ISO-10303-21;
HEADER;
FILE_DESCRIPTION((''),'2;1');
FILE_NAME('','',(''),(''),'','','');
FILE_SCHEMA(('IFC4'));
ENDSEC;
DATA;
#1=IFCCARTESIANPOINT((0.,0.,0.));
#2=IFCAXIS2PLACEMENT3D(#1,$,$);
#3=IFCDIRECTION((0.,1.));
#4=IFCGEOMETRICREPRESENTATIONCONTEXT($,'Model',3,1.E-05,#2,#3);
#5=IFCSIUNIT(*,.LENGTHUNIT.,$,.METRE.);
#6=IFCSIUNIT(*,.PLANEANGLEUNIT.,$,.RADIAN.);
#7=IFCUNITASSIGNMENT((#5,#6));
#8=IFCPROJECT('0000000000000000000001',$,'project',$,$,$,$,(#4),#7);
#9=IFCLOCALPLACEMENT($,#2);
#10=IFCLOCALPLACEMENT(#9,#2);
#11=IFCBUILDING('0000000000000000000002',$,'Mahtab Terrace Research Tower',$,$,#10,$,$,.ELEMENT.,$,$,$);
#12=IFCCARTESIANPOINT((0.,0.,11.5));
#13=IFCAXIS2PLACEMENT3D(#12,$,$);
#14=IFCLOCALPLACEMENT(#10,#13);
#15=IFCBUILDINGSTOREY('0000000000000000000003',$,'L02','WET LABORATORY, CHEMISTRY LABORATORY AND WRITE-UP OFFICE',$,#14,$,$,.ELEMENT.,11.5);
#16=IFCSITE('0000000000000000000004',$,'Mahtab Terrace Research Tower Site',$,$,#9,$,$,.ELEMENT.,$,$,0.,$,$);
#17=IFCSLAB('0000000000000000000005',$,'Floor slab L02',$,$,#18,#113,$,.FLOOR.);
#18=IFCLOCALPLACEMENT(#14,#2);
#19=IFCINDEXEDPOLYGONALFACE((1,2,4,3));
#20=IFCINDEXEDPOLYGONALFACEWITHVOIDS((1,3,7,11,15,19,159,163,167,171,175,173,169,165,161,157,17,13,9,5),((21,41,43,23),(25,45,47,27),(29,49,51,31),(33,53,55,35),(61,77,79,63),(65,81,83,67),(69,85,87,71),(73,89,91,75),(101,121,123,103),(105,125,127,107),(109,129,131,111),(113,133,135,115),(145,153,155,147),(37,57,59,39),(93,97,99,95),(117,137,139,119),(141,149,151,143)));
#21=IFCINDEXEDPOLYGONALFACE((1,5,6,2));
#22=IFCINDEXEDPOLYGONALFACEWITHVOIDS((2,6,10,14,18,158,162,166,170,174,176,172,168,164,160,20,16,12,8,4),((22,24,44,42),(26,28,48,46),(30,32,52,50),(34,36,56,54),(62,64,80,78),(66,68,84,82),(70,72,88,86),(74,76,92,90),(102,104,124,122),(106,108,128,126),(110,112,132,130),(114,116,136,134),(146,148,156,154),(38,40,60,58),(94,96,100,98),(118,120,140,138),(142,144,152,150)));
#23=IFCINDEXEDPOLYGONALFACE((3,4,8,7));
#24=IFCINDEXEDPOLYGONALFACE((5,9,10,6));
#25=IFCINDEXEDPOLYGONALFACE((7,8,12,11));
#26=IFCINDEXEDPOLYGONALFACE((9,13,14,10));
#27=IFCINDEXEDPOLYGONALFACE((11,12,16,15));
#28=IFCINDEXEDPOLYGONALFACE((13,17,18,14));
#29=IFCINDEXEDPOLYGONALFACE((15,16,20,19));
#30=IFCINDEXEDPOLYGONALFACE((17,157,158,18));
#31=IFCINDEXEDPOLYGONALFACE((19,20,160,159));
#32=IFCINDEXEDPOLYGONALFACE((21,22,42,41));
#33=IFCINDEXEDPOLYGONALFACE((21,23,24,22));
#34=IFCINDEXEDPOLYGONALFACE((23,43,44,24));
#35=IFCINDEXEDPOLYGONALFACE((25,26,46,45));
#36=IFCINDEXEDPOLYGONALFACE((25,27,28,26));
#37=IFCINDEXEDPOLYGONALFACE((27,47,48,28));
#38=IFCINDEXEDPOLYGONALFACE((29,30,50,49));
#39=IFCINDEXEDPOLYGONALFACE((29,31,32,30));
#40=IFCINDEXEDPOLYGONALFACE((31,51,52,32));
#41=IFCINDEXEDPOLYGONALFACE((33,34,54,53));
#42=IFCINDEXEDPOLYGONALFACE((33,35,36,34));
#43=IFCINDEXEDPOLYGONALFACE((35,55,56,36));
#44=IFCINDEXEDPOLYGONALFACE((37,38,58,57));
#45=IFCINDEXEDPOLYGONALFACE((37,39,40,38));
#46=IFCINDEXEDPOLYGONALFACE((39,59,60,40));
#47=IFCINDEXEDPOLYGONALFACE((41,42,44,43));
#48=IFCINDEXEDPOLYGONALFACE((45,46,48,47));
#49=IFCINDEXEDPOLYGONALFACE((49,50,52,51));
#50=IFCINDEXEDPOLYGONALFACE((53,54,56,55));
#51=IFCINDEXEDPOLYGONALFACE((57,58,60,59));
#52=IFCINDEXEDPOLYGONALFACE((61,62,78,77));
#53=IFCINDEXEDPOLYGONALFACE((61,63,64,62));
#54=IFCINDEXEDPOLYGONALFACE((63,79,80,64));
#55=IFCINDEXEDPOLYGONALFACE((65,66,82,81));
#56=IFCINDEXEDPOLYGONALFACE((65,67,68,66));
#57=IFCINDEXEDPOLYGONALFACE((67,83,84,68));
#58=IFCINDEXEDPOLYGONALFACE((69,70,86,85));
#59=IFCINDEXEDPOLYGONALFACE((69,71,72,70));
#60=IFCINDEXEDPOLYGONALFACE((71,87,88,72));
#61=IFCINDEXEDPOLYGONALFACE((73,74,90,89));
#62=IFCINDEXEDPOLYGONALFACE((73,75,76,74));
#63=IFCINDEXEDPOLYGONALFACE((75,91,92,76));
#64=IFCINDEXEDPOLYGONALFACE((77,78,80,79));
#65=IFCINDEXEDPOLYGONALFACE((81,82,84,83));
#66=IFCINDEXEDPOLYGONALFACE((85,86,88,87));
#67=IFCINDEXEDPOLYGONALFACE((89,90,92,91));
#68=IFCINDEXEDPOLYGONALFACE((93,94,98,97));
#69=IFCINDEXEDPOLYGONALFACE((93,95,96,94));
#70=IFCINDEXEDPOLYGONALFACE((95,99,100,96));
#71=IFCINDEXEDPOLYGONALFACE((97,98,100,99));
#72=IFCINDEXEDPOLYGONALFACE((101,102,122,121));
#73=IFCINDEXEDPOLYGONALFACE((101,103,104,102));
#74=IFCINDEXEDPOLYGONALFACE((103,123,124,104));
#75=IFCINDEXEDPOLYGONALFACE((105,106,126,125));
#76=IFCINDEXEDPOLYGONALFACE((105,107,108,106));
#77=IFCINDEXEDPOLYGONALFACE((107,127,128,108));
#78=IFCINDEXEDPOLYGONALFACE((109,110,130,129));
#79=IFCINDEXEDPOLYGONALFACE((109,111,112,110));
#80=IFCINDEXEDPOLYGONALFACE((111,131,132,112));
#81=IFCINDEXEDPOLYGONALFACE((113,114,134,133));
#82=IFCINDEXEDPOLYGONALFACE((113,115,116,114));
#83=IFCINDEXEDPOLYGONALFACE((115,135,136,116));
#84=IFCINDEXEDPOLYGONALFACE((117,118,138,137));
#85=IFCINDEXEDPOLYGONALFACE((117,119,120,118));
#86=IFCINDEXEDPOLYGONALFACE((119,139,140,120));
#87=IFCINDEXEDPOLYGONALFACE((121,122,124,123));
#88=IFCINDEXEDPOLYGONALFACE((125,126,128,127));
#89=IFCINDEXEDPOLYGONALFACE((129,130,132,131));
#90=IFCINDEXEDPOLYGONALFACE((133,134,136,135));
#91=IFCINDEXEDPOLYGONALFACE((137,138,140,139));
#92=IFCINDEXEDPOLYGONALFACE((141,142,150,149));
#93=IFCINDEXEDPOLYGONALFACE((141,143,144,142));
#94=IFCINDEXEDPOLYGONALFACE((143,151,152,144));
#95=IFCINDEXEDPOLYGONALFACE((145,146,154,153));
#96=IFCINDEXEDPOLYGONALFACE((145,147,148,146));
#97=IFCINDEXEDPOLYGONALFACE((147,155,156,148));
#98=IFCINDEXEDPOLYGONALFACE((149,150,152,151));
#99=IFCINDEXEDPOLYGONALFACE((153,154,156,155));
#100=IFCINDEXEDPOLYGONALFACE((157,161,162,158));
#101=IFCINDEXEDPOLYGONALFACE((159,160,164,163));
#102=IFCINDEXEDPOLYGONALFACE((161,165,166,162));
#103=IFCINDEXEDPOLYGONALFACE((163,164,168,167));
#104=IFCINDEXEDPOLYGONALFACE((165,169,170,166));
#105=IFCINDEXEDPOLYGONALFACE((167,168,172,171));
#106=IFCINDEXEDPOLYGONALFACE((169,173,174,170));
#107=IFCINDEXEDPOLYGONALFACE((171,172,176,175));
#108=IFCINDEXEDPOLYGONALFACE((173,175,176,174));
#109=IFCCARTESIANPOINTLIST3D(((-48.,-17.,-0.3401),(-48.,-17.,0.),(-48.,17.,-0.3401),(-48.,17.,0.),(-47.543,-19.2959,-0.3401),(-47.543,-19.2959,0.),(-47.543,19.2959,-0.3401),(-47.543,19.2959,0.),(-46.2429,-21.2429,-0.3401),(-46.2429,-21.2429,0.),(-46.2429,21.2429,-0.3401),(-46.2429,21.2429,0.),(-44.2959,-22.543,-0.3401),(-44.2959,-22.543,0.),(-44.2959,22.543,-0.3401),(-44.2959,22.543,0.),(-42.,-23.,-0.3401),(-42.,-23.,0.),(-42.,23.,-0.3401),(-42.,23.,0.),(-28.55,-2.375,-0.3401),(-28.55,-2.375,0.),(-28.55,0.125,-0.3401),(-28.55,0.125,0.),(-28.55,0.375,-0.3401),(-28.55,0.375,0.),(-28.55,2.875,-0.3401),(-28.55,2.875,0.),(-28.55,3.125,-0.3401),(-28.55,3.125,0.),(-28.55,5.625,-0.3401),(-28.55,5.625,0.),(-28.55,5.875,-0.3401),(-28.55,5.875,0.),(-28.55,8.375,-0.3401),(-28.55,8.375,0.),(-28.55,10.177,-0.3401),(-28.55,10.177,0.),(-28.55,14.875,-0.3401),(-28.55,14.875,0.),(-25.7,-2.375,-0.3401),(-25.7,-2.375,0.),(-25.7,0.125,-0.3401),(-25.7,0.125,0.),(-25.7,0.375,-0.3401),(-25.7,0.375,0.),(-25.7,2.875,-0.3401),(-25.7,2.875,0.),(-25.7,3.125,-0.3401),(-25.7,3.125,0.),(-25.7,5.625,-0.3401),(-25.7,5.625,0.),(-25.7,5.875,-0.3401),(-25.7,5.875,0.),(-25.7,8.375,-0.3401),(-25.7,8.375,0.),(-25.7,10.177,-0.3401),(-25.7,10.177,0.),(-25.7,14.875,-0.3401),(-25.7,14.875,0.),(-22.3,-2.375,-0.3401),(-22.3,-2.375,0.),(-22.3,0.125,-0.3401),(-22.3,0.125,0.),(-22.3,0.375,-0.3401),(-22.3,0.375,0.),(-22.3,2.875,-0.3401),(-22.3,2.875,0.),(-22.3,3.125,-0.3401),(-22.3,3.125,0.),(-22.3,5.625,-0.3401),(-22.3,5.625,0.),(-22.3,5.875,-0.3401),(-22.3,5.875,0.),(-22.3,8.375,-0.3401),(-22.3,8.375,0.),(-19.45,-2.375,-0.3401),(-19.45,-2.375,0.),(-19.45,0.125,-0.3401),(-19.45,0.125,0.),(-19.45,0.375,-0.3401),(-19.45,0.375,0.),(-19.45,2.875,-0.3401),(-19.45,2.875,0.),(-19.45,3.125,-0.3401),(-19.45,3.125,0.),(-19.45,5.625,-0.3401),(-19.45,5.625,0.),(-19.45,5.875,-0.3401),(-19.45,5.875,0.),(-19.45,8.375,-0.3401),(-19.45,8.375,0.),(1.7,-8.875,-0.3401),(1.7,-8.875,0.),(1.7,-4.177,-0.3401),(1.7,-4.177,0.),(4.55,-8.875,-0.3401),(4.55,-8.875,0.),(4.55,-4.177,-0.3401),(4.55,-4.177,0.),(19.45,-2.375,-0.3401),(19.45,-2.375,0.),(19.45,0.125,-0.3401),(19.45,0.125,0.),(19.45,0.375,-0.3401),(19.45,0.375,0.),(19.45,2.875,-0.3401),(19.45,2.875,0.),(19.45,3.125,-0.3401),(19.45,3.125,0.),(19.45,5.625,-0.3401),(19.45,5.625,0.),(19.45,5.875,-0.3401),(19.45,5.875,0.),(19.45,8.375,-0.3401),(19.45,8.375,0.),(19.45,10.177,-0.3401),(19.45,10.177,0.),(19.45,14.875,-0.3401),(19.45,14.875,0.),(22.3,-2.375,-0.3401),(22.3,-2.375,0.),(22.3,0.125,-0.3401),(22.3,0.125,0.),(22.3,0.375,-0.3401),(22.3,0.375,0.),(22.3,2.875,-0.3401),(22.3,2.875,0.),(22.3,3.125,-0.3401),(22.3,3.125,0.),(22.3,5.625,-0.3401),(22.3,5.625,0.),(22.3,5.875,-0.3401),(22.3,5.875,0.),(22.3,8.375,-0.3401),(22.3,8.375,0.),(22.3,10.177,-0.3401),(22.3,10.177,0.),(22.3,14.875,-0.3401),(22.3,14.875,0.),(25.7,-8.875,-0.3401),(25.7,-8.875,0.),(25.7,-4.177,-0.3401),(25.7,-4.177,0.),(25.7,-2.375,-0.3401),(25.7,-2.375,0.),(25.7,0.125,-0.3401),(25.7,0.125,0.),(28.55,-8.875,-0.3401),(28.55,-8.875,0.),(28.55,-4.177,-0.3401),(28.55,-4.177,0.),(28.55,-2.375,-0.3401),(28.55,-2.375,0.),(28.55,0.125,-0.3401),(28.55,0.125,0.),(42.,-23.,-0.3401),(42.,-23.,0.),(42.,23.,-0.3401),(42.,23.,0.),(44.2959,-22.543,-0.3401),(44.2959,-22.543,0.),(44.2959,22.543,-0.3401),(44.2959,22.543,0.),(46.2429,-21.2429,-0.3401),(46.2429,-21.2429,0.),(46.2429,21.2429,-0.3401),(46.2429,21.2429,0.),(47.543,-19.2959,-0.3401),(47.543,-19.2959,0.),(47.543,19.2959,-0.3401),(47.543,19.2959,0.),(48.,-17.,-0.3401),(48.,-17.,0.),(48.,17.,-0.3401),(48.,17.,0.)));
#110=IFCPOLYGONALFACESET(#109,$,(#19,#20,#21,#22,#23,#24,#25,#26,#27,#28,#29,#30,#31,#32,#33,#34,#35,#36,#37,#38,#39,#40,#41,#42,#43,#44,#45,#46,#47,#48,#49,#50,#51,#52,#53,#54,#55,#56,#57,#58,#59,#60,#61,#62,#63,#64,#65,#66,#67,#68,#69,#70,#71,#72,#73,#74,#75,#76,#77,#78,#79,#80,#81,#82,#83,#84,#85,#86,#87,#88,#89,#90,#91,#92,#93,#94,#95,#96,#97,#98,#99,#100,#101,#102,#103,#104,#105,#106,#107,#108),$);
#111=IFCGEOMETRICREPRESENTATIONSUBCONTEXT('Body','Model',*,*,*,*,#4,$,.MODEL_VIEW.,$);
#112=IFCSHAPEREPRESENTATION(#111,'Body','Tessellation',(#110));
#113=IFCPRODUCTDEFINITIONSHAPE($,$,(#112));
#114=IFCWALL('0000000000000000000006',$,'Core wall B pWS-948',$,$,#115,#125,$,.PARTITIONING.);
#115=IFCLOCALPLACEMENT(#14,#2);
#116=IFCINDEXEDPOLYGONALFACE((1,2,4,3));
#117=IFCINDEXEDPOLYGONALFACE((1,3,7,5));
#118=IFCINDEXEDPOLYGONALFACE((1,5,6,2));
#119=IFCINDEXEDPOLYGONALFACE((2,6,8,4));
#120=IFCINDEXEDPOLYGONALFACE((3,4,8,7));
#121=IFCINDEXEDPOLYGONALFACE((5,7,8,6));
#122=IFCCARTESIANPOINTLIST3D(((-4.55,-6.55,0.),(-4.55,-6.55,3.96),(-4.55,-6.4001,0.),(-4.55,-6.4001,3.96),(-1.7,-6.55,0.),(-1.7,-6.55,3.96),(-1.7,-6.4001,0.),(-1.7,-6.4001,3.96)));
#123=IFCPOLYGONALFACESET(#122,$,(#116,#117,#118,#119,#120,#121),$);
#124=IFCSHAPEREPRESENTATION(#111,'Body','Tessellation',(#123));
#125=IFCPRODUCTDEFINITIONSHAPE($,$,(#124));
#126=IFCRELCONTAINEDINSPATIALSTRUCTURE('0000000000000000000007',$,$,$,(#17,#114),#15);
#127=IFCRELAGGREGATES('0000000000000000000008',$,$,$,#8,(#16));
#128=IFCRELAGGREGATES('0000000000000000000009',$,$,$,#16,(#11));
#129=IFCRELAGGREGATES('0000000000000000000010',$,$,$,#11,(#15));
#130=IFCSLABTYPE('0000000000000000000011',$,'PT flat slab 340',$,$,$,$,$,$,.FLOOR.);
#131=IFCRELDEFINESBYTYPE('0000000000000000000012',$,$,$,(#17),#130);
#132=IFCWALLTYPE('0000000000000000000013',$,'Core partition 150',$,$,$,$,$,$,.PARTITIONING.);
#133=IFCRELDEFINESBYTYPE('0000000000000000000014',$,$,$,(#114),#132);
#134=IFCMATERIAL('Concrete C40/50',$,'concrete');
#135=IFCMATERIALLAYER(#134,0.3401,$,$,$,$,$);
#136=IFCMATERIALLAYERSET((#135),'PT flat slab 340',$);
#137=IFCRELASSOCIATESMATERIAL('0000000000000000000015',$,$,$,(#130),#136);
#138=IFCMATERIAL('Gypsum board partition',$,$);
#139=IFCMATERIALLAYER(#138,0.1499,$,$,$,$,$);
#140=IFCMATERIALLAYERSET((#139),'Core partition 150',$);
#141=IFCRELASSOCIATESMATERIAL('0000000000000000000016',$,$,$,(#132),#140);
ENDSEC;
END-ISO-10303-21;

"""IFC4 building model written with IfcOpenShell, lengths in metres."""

from ifc_helpers import new_model, si_unit, direction, frame, frame_2d, origin, place, context, subcontext, project, spatial, polyline, rectangle, outline, extrude, material, layer, layer_set, type_object, element, save


model = new_model("IFC4")

# Units and contexts
model_context = context("Model", 3, precision=1e-05, world=origin(), true_north=direction((0.0, 1.0)))
body_context = subcontext(model_context, "Body", "Model", "MODEL_VIEW")
ifc_project = project(units=[si_unit("LENGTHUNIT", "METRE"), si_unit("PLANEANGLEUNIT", "RADIAN")], contexts=[model_context])

# Site, building, storey
site_placement = place(None, origin())
site = spatial("IfcSite", under=ifc_project, at=site_placement, Name="Mahtab Terrace Research Tower Site", CompositionType="ELEMENT", RefElevation=0.0)
building_placement = place(site_placement, origin())
building = spatial("IfcBuilding", under=site, at=building_placement, Name="Mahtab Terrace Research Tower", CompositionType="ELEMENT")
storey_placement = place(building_placement, frame((0.0, 0.0, 11.5)))
storey = spatial("IfcBuildingStorey", under=building, at=storey_placement, Name="L02", Description="WET LABORATORY, CHEMISTRY LABORATORY AND WRITE-UP OFFICE", CompositionType="ELEMENT", Elevation=11.5)

# Slab
ifc_material_1 = material(Name="Concrete C40/50", Category="concrete")
ifc_layer_1 = layer(ifc_material_1, 0.3401)
ifc_layer_set_1 = layer_set([ifc_layer_1], Name="PT flat slab 340")
slab_type = type_object("IfcSlabType", Name="PT flat slab 340", PredefinedType="FLOOR", material=ifc_layer_set_1)
slab_placement = place(storey_placement, frame((0.0, 0.0, -0.3401)))
element("IfcSlab", 1, at=slab_placement, inside=storey, type_object=slab_type, Name="Floor slab L02", PredefinedType="FLOOR", context=body_context, shape_type="SweptSolid", body=[
    extrude(outline(polyline([(47.543, 19.2959), (46.2429, 21.2429), (44.2959, 22.543), (42.0, 23.0), (-42.0, 23.0), (-44.2959, 22.543), (-46.2429, 21.2429), (-47.543, 19.2959), (-48.0, 17.0), (-48.0, -17.0), (-47.543, -19.2959), (-46.2429, -21.2429), (-44.2959, -22.543), (-42.0, -23.0), (42.0, -23.0), (44.2959, -22.543), (46.2429, -21.2429), (47.543, -19.2959), (48.0, -17.0), (48.0, 17.0), (47.543, 19.2959)]), holes=[polyline([(-28.55, -2.375), (-28.55, 0.125), (-25.7, 0.125), (-25.7, -2.375), (-28.55, -2.375)]), polyline([(-22.3, -2.375), (-22.3, 0.125), (-19.45, 0.125), (-19.45, -2.375), (-22.3, -2.375)]), polyline([(-28.55, 0.375), (-28.55, 2.875), (-25.7, 2.875), (-25.7, 0.375), (-28.55, 0.375)]), polyline([(-22.3, 0.375), (-22.3, 2.875), (-19.45, 2.875), (-19.45, 0.375), (-22.3, 0.375)]), polyline([(-28.55, 3.125), (-28.55, 5.625), (-25.7, 5.625), (-25.7, 3.125), (-28.55, 3.125)]), polyline([(-22.3, 3.125), (-22.3, 5.625), (-19.45, 5.625), (-19.45, 3.125), (-22.3, 3.125)]), polyline([(-28.55, 5.875), (-28.55, 8.375), (-25.7, 8.375), (-25.7, 5.875), (-28.55, 5.875)]), polyline([(-22.3, 5.875), (-22.3, 8.375), (-19.45, 8.375), (-19.45, 5.875), (-22.3, 5.875)]), polyline([(-28.55, 10.177), (-28.55, 14.875), (-25.7, 14.875), (-25.7, 10.177), (-28.55, 10.177)]), polyline([(1.7, -8.875), (1.7, -4.177), (4.55, -4.177), (4.55, -8.875), (1.7, -8.875)]), polyline([(25.7, -8.875), (25.7, -4.177), (28.55, -4.177), (28.55, -8.875), (25.7, -8.875)]), polyline([(19.45, -2.375), (19.45, 0.125), (22.3, 0.125), (22.3, -2.375), (19.45, -2.375)]), polyline([(25.7, -2.375), (25.7, 0.125), (28.55, 0.125), (28.55, -2.375), (25.7, -2.375)]), polyline([(19.45, 0.375), (19.45, 2.875), (22.3, 2.875), (22.3, 0.375), (19.45, 0.375)]), polyline([(19.45, 3.125), (19.45, 5.625), (22.3, 5.625), (22.3, 3.125), (19.45, 3.125)]), polyline([(19.45, 8.375), (22.3, 8.375), (22.3, 5.875), (19.45, 5.875), (19.45, 8.375)]), polyline([(19.45, 14.875), (22.3, 14.875), (22.3, 10.177), (19.45, 10.177), (19.45, 14.875)])]), origin(), (0.0, 0.0, 1.0), 0.3401),
])

# Wall
ifc_material_2 = material(Name="Gypsum board partition")
ifc_layer_2 = layer(ifc_material_2, 0.1499)
ifc_layer_set_2 = layer_set([ifc_layer_2], Name="Core partition 150")
wall_type_1 = type_object("IfcWallType", Name="Core partition 150", PredefinedType="PARTITIONING", material=ifc_layer_set_2)
wall_1_placement = place(storey_placement, frame((-4.55, -6.4751, 0.0), z_axis=(0.0, 0.0, 1.0), x_axis=(1.0, 0.0, 0.0)))
element("IfcWall", 2, at=wall_1_placement, inside=storey, type_object=wall_type_1, Name="Core wall B pWS-948", PredefinedType="PARTITIONING", context=body_context, shape_type="SweptSolid", body=[
    extrude(rectangle(XDim=2.8501, YDim=0.1499, at=frame_2d((1.425, 0.0))), origin(), (0.0, 0.0, 1.0), 3.96),
])

save(model, "model.ifc")
